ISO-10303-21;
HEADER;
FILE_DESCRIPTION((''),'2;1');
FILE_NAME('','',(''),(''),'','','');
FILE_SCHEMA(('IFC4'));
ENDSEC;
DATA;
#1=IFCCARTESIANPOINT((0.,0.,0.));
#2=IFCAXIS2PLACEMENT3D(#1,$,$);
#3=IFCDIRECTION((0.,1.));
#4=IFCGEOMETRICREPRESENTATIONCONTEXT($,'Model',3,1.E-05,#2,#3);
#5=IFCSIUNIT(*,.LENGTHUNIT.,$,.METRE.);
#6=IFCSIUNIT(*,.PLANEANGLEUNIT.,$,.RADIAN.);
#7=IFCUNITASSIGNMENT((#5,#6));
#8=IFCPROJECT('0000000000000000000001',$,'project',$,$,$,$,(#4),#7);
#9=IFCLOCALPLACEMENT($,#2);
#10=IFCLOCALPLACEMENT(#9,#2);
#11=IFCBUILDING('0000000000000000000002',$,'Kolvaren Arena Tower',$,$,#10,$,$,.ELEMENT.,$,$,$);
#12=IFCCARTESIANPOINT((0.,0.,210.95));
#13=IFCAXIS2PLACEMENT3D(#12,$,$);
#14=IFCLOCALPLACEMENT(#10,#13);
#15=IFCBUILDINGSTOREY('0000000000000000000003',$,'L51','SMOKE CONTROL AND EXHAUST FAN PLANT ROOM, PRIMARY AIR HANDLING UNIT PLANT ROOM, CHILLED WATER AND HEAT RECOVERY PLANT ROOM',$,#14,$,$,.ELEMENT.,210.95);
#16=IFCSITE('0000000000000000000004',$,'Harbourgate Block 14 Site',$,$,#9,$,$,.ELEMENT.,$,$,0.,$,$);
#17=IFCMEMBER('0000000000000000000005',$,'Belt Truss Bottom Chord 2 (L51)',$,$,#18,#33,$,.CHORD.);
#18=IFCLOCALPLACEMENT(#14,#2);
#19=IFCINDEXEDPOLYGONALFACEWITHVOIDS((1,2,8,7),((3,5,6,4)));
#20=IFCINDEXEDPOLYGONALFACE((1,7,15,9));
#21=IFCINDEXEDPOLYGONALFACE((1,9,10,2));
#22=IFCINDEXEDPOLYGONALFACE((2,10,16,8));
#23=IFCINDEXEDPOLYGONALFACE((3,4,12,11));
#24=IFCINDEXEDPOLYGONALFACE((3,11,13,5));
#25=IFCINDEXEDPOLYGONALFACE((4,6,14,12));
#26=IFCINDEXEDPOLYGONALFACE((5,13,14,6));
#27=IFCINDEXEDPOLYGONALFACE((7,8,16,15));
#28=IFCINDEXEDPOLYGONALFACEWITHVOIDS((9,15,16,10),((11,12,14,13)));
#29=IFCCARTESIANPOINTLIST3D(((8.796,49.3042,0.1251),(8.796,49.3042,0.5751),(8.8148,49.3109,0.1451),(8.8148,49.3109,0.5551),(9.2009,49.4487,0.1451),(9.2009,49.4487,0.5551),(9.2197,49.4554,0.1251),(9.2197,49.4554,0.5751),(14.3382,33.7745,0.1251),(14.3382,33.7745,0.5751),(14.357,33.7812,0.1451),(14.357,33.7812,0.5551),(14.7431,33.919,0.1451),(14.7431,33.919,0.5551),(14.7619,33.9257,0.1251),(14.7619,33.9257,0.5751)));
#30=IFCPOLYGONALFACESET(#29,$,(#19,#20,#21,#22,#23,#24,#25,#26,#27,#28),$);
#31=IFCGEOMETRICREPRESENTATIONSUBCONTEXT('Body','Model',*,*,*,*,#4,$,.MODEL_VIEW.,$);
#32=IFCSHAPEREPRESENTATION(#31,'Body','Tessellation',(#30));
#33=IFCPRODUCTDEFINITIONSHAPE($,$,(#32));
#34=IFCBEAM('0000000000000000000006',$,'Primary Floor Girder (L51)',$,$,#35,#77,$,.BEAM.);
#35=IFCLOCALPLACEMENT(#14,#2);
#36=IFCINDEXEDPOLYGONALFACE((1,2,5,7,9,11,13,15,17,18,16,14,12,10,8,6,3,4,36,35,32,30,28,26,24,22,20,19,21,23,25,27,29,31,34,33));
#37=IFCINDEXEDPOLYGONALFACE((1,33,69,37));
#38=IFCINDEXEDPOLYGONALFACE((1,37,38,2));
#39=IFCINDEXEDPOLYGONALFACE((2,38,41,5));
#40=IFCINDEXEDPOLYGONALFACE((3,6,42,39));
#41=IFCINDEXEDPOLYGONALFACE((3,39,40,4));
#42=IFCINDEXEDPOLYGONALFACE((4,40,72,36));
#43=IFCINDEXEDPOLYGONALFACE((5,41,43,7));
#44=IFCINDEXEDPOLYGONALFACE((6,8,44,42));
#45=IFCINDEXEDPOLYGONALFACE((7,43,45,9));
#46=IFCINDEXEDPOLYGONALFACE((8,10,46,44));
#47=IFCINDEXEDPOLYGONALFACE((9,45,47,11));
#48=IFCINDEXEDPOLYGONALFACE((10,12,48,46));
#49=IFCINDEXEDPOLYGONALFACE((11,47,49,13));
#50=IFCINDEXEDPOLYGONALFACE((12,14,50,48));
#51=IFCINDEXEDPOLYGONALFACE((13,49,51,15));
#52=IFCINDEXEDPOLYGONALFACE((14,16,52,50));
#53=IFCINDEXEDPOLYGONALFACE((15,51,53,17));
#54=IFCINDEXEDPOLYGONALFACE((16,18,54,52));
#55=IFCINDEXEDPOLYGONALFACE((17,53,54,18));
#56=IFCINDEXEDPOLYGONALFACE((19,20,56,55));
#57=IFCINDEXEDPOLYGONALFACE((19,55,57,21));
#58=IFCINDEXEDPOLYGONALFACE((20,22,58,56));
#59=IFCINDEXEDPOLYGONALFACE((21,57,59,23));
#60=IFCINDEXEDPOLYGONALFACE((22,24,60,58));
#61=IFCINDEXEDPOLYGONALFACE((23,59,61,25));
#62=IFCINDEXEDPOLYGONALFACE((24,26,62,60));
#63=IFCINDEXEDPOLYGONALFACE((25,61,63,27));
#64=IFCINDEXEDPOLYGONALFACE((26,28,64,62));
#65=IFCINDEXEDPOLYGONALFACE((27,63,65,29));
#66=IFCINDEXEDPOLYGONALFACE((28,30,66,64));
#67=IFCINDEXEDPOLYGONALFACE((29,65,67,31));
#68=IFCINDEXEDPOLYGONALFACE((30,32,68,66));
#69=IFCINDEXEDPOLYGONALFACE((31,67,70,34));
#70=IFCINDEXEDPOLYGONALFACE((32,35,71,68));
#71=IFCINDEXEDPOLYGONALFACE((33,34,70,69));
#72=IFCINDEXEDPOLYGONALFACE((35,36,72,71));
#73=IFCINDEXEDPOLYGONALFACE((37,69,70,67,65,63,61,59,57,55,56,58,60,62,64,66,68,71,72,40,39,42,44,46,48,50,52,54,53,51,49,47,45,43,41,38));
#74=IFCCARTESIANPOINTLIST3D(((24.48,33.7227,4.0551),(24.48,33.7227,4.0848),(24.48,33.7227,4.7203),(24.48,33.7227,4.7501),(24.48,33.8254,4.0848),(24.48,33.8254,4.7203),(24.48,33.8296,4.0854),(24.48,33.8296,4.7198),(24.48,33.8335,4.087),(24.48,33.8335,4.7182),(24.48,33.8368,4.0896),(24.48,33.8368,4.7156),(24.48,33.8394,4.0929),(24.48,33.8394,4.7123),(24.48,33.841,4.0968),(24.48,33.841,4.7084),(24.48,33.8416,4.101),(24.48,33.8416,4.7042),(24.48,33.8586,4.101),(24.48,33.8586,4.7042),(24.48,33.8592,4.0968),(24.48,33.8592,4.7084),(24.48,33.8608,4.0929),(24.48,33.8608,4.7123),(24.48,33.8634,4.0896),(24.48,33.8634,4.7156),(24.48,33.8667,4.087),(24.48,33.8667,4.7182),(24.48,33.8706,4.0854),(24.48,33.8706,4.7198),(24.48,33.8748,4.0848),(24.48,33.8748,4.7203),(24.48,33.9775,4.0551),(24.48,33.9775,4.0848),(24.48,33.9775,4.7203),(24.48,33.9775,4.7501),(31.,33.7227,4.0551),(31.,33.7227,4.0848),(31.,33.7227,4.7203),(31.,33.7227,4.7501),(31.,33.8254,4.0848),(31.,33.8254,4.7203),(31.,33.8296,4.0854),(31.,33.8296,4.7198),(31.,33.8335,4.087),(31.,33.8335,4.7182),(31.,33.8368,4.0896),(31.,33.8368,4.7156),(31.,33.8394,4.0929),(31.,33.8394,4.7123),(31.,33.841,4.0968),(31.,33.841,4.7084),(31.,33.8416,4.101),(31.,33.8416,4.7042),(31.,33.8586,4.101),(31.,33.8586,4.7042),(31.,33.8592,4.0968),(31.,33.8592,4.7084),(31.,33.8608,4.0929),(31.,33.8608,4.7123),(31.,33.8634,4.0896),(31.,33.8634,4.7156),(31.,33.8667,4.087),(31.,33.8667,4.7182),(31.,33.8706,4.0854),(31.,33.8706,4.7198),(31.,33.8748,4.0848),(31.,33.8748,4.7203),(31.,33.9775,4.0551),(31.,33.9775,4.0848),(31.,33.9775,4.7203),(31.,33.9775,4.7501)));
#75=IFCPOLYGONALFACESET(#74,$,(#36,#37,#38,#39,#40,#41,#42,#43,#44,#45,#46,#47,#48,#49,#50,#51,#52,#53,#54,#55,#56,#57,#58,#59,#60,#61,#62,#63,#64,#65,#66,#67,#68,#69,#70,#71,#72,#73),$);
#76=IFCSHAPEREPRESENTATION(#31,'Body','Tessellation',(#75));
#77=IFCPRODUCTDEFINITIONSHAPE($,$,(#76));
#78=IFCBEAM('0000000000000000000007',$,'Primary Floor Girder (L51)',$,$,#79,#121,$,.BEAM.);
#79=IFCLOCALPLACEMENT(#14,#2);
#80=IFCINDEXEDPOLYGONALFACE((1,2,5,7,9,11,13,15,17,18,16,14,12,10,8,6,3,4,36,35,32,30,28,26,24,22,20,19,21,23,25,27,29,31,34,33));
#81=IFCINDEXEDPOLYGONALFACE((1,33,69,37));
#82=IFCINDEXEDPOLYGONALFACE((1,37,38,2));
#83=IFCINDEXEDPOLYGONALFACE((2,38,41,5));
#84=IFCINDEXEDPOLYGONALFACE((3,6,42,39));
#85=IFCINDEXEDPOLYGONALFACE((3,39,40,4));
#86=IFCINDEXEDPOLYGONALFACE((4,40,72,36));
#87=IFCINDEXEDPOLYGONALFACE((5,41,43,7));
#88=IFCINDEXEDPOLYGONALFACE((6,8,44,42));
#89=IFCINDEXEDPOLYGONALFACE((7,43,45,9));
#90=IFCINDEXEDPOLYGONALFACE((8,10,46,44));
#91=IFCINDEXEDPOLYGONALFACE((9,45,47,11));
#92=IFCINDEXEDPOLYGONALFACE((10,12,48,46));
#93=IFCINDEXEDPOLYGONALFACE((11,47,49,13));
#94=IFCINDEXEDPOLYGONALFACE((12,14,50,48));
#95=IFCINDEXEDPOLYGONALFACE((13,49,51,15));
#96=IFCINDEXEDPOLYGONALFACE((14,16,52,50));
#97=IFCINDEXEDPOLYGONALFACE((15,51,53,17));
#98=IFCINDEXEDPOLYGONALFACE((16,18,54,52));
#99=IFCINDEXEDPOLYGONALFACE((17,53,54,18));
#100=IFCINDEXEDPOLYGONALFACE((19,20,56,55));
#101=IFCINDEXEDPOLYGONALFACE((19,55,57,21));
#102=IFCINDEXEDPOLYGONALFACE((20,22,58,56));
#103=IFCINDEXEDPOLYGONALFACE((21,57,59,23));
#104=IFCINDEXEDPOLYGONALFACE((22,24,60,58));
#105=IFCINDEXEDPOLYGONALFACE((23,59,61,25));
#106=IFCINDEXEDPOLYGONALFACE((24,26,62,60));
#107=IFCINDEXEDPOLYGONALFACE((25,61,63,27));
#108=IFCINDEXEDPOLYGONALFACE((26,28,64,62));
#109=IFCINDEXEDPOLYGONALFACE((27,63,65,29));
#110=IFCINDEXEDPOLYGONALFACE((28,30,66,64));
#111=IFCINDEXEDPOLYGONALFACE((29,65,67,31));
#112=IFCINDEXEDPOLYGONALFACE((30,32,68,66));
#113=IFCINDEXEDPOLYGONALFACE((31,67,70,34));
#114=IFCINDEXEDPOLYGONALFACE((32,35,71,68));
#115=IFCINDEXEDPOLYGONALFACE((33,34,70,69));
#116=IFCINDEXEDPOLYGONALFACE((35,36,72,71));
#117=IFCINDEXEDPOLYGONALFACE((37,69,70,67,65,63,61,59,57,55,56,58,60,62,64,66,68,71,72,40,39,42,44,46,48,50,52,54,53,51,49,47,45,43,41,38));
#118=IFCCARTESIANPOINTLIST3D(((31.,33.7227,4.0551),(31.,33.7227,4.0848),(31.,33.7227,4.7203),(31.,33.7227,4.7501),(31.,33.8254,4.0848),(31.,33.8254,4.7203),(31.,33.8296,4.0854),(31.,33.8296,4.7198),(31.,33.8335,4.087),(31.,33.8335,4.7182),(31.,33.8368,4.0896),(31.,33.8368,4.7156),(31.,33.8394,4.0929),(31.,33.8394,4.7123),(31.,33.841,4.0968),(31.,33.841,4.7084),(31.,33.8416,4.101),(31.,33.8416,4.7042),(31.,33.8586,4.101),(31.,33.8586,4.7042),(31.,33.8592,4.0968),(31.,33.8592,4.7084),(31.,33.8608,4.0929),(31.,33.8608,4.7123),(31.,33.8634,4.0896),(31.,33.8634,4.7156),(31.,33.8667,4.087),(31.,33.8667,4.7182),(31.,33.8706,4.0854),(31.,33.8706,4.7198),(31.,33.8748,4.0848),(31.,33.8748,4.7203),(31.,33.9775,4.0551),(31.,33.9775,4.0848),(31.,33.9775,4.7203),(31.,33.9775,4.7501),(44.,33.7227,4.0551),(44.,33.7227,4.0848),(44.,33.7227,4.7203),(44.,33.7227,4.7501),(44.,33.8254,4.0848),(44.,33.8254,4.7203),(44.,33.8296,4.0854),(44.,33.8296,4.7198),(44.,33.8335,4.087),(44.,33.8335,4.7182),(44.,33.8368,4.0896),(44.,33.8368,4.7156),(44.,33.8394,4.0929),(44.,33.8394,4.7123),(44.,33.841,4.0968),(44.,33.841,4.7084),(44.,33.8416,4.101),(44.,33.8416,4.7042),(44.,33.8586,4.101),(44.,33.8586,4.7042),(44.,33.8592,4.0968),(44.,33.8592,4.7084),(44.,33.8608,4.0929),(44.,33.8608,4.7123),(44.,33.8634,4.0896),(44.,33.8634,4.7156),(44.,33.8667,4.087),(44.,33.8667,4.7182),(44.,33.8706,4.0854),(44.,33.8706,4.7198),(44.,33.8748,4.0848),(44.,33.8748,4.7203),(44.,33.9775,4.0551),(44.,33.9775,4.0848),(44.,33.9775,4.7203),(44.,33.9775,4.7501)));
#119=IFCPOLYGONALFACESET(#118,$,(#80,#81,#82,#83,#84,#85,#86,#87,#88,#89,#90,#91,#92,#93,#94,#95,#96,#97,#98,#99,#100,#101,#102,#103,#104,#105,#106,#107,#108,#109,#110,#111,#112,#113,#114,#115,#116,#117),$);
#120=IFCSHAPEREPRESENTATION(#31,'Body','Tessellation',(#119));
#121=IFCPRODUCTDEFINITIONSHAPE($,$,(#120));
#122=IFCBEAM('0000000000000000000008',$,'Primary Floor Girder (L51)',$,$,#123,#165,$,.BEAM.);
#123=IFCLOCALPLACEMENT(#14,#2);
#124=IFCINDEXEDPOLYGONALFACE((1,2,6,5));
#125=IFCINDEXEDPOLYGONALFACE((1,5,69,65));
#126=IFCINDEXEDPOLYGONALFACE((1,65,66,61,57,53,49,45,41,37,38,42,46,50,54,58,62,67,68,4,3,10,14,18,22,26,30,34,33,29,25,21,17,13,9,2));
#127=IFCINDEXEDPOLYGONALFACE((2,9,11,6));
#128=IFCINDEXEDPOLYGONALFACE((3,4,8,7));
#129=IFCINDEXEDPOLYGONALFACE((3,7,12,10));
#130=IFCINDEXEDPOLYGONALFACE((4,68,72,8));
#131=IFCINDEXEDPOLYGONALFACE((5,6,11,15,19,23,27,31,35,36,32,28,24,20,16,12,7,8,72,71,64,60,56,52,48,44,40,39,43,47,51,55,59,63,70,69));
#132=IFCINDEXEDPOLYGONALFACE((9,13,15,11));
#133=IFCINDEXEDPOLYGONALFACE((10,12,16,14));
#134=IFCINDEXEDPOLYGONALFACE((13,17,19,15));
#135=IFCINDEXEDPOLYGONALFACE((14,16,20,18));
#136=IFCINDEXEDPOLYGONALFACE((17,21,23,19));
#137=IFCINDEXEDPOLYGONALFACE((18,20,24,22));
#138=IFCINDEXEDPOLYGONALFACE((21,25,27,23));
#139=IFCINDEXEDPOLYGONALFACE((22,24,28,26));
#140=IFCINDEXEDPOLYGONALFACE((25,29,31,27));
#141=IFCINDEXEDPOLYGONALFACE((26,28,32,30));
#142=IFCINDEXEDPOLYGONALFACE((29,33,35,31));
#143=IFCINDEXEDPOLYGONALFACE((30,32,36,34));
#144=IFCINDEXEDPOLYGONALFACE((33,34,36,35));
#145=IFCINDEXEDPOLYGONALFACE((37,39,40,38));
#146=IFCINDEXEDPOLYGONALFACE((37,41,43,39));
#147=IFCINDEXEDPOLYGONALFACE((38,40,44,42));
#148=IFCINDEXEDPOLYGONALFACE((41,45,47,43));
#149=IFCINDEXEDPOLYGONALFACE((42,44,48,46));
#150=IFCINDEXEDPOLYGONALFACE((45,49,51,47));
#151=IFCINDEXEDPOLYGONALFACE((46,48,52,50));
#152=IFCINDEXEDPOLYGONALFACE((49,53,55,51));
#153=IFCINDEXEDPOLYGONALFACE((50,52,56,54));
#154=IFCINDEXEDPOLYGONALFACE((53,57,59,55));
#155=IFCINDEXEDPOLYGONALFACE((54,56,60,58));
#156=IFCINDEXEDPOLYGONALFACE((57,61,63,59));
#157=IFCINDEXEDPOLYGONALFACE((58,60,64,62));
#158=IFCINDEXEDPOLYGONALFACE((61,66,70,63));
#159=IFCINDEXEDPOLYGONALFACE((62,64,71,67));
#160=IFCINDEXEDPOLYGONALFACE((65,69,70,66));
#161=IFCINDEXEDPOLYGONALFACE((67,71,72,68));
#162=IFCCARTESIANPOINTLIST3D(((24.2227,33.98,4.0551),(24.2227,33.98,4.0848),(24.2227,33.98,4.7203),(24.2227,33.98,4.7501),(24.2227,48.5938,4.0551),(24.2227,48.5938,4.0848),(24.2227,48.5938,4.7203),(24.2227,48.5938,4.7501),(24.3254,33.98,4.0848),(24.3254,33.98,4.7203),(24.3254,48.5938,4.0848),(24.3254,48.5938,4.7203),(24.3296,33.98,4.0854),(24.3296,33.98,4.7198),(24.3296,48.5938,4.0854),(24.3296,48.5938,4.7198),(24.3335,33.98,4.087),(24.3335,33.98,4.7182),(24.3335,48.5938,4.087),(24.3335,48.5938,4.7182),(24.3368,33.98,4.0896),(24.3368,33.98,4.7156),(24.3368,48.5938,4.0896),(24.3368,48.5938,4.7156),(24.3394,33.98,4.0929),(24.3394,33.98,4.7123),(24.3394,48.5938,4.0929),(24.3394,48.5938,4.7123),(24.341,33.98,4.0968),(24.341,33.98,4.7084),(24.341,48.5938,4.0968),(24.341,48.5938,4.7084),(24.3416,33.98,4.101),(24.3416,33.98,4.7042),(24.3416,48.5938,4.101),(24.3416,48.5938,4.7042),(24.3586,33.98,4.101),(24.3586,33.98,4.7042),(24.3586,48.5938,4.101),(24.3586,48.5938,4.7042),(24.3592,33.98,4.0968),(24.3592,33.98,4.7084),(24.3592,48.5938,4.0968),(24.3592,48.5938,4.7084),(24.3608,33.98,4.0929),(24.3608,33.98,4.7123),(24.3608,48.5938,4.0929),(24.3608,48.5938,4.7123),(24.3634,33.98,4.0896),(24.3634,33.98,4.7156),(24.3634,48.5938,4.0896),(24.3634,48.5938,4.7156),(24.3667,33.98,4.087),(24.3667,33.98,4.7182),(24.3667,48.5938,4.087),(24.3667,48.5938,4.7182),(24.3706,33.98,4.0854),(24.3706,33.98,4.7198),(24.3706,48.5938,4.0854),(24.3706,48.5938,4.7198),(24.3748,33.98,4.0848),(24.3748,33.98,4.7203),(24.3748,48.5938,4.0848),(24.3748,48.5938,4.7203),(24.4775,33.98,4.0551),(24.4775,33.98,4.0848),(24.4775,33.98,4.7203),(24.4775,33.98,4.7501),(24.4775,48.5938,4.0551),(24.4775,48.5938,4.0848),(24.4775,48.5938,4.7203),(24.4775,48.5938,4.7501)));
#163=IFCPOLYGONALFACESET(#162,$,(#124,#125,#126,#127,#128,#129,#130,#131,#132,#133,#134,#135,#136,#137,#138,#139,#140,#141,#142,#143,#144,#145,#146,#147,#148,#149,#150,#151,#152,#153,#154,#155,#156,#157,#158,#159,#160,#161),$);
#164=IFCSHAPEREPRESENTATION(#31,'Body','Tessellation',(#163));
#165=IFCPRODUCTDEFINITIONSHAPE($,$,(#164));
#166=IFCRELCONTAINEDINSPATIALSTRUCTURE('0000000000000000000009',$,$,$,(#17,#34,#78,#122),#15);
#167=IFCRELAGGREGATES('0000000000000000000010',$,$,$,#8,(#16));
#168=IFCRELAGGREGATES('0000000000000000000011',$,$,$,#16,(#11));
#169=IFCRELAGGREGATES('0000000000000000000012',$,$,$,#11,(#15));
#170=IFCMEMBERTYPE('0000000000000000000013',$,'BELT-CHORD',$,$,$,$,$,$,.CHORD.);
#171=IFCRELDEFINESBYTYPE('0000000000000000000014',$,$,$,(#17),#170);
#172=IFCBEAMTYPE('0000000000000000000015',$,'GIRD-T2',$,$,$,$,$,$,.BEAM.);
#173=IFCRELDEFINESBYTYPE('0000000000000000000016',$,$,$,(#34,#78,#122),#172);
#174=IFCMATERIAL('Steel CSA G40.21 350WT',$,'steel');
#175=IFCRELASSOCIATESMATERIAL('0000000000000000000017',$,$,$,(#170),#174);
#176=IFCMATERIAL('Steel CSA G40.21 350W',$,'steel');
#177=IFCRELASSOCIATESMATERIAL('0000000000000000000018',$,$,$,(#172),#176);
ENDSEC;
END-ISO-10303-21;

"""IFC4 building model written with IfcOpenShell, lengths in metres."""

from ifc_helpers import new_model, si_unit, direction, frame, origin, origin_2d, place, context, subcontext, project, spatial, hollow_rectangle, i_section, extrude, material, material_profile, profile_set, type_object, element, save


model = new_model("IFC4")

# Units and contexts
model_context = context("Model", 3, precision=1e-05, world=origin(), true_north=direction((0.0, 1.0)))
body_context = subcontext(model_context, "Body", "Model", "MODEL_VIEW")
ifc_project = project(units=[si_unit("LENGTHUNIT", "METRE"), si_unit("PLANEANGLEUNIT", "RADIAN")], contexts=[model_context])

# Site, building, storey
site_placement = place(None, origin())
site = spatial("IfcSite", under=ifc_project, at=site_placement, Name="Harbourgate Block 14 Site", CompositionType="ELEMENT", RefElevation=0.0)
building_placement = place(site_placement, origin())
building = spatial("IfcBuilding", under=site, at=building_placement, Name="Kolvaren Arena Tower", CompositionType="ELEMENT")
storey_placement = place(building_placement, frame((0.0, 0.0, 210.95)))
storey = spatial("IfcBuildingStorey", under=building, at=storey_placement, Name="L51", Description="SMOKE CONTROL AND EXHAUST FAN PLANT ROOM, PRIMARY AIR HANDLING UNIT PLANT ROOM, CHILLED WATER AND HEAT RECOVERY PLANT ROOM", CompositionType="ELEMENT", Elevation=210.95)

# Shared definitions
ifc_material_1 = material(Name="Steel CSA G40.21 350W", Category="steel")

# Member
ifc_material_2 = material(Name="Steel CSA G40.21 350WT", Category="steel")
ifc_material_profile_1 = material_profile(ifc_material_2, hollow_rectangle(XDim=0.45, YDim=0.45, WallThickness=0.02, at=origin_2d()), Name="HSS 450x450x20")
ifc_profile_set_1 = profile_set([ifc_material_profile_1], Name="Steel CSA G40.21 350WT")
member_type_1 = type_object("IfcMemberType", Name="BELT-CHORD", PredefinedType="CHORD", material=ifc_profile_set_1)
member_1_placement = place(storey_placement, frame((14.55, 33.8501, 0.3501), z_axis=(-0.336115, 0.941821, 0.0), x_axis=(-0.941821, -0.336115, 0.0)))
element("IfcMember", 1, at=member_1_placement, inside=storey, type_object=member_type_1, Name="Belt Truss Bottom Chord 2 (L51)", PredefinedType="CHORD", context=body_context, shape_type="SweptSolid", body=[
    extrude(hollow_rectangle(XDim=0.45, YDim=0.45, WallThickness=0.02, at=origin_2d()), origin(), (0.0, 0.0, 1.0), 16.489),
])

# Beams
ifc_material_profile_2 = material_profile(ifc_material_1, i_section(OverallWidth=0.2549, OverallDepth=0.6951, WebThickness=0.0171, FlangeThickness=0.0298, FilletRadius=0.0161, at=origin_2d()), Name="W690x217")
ifc_profile_set_2 = profile_set([ifc_material_profile_2], Name="Steel CSA G40.21 350W")
beam_type_1 = type_object("IfcBeamType", Name="GIRD-T2", PredefinedType="BEAM", material=ifc_profile_set_2)
beam_1_placement = place(storey_placement, frame((24.48, 33.8501, 4.4026), z_axis=(1.0, 0.0, 0.0), x_axis=(0.0, 1.0, 0.0)))
element("IfcBeam", 2, at=beam_1_placement, inside=storey, type_object=beam_type_1, Name="Primary Floor Girder (L51)", PredefinedType="BEAM", context=body_context, shape_type="SweptSolid", body=[
    extrude(i_section(OverallWidth=0.2549, OverallDepth=0.6951, WebThickness=0.0171, FlangeThickness=0.0298, FilletRadius=0.0161, at=origin_2d()), origin(), (0.0, 0.0, 1.0), 6.52),
])
beam_2_placement = place(storey_placement, frame((31.0, 33.8501, 4.4026), z_axis=(1.0, 0.0, 0.0), x_axis=(0.0, 1.0, 0.0)))
element("IfcBeam", 3, at=beam_2_placement, inside=storey, type_object=beam_type_1, Name="Primary Floor Girder (L51)", PredefinedType="BEAM", context=body_context, shape_type="SweptSolid", body=[
    extrude(i_section(OverallWidth=0.2549, OverallDepth=0.6951, WebThickness=0.0171, FlangeThickness=0.0298, FilletRadius=0.0161, at=origin_2d()), origin(), (0.0, 0.0, 1.0), 13.0),
])
beam_3_placement = place(storey_placement, frame((24.3501, 33.98, 4.4026), z_axis=(0.0, 1.0, 0.0), x_axis=(-1.0, 0.0, 0.0)))
element("IfcBeam", 4, at=beam_3_placement, inside=storey, type_object=beam_type_1, Name="Primary Floor Girder (L51)", PredefinedType="BEAM", context=body_context, shape_type="SweptSolid", body=[
    extrude(i_section(OverallWidth=0.2549, OverallDepth=0.6951, WebThickness=0.0171, FlangeThickness=0.0298, FilletRadius=0.0161, at=origin_2d()), origin(), (0.0, 0.0, 1.0), 14.6138),
])

save(model, "model.ifc")
